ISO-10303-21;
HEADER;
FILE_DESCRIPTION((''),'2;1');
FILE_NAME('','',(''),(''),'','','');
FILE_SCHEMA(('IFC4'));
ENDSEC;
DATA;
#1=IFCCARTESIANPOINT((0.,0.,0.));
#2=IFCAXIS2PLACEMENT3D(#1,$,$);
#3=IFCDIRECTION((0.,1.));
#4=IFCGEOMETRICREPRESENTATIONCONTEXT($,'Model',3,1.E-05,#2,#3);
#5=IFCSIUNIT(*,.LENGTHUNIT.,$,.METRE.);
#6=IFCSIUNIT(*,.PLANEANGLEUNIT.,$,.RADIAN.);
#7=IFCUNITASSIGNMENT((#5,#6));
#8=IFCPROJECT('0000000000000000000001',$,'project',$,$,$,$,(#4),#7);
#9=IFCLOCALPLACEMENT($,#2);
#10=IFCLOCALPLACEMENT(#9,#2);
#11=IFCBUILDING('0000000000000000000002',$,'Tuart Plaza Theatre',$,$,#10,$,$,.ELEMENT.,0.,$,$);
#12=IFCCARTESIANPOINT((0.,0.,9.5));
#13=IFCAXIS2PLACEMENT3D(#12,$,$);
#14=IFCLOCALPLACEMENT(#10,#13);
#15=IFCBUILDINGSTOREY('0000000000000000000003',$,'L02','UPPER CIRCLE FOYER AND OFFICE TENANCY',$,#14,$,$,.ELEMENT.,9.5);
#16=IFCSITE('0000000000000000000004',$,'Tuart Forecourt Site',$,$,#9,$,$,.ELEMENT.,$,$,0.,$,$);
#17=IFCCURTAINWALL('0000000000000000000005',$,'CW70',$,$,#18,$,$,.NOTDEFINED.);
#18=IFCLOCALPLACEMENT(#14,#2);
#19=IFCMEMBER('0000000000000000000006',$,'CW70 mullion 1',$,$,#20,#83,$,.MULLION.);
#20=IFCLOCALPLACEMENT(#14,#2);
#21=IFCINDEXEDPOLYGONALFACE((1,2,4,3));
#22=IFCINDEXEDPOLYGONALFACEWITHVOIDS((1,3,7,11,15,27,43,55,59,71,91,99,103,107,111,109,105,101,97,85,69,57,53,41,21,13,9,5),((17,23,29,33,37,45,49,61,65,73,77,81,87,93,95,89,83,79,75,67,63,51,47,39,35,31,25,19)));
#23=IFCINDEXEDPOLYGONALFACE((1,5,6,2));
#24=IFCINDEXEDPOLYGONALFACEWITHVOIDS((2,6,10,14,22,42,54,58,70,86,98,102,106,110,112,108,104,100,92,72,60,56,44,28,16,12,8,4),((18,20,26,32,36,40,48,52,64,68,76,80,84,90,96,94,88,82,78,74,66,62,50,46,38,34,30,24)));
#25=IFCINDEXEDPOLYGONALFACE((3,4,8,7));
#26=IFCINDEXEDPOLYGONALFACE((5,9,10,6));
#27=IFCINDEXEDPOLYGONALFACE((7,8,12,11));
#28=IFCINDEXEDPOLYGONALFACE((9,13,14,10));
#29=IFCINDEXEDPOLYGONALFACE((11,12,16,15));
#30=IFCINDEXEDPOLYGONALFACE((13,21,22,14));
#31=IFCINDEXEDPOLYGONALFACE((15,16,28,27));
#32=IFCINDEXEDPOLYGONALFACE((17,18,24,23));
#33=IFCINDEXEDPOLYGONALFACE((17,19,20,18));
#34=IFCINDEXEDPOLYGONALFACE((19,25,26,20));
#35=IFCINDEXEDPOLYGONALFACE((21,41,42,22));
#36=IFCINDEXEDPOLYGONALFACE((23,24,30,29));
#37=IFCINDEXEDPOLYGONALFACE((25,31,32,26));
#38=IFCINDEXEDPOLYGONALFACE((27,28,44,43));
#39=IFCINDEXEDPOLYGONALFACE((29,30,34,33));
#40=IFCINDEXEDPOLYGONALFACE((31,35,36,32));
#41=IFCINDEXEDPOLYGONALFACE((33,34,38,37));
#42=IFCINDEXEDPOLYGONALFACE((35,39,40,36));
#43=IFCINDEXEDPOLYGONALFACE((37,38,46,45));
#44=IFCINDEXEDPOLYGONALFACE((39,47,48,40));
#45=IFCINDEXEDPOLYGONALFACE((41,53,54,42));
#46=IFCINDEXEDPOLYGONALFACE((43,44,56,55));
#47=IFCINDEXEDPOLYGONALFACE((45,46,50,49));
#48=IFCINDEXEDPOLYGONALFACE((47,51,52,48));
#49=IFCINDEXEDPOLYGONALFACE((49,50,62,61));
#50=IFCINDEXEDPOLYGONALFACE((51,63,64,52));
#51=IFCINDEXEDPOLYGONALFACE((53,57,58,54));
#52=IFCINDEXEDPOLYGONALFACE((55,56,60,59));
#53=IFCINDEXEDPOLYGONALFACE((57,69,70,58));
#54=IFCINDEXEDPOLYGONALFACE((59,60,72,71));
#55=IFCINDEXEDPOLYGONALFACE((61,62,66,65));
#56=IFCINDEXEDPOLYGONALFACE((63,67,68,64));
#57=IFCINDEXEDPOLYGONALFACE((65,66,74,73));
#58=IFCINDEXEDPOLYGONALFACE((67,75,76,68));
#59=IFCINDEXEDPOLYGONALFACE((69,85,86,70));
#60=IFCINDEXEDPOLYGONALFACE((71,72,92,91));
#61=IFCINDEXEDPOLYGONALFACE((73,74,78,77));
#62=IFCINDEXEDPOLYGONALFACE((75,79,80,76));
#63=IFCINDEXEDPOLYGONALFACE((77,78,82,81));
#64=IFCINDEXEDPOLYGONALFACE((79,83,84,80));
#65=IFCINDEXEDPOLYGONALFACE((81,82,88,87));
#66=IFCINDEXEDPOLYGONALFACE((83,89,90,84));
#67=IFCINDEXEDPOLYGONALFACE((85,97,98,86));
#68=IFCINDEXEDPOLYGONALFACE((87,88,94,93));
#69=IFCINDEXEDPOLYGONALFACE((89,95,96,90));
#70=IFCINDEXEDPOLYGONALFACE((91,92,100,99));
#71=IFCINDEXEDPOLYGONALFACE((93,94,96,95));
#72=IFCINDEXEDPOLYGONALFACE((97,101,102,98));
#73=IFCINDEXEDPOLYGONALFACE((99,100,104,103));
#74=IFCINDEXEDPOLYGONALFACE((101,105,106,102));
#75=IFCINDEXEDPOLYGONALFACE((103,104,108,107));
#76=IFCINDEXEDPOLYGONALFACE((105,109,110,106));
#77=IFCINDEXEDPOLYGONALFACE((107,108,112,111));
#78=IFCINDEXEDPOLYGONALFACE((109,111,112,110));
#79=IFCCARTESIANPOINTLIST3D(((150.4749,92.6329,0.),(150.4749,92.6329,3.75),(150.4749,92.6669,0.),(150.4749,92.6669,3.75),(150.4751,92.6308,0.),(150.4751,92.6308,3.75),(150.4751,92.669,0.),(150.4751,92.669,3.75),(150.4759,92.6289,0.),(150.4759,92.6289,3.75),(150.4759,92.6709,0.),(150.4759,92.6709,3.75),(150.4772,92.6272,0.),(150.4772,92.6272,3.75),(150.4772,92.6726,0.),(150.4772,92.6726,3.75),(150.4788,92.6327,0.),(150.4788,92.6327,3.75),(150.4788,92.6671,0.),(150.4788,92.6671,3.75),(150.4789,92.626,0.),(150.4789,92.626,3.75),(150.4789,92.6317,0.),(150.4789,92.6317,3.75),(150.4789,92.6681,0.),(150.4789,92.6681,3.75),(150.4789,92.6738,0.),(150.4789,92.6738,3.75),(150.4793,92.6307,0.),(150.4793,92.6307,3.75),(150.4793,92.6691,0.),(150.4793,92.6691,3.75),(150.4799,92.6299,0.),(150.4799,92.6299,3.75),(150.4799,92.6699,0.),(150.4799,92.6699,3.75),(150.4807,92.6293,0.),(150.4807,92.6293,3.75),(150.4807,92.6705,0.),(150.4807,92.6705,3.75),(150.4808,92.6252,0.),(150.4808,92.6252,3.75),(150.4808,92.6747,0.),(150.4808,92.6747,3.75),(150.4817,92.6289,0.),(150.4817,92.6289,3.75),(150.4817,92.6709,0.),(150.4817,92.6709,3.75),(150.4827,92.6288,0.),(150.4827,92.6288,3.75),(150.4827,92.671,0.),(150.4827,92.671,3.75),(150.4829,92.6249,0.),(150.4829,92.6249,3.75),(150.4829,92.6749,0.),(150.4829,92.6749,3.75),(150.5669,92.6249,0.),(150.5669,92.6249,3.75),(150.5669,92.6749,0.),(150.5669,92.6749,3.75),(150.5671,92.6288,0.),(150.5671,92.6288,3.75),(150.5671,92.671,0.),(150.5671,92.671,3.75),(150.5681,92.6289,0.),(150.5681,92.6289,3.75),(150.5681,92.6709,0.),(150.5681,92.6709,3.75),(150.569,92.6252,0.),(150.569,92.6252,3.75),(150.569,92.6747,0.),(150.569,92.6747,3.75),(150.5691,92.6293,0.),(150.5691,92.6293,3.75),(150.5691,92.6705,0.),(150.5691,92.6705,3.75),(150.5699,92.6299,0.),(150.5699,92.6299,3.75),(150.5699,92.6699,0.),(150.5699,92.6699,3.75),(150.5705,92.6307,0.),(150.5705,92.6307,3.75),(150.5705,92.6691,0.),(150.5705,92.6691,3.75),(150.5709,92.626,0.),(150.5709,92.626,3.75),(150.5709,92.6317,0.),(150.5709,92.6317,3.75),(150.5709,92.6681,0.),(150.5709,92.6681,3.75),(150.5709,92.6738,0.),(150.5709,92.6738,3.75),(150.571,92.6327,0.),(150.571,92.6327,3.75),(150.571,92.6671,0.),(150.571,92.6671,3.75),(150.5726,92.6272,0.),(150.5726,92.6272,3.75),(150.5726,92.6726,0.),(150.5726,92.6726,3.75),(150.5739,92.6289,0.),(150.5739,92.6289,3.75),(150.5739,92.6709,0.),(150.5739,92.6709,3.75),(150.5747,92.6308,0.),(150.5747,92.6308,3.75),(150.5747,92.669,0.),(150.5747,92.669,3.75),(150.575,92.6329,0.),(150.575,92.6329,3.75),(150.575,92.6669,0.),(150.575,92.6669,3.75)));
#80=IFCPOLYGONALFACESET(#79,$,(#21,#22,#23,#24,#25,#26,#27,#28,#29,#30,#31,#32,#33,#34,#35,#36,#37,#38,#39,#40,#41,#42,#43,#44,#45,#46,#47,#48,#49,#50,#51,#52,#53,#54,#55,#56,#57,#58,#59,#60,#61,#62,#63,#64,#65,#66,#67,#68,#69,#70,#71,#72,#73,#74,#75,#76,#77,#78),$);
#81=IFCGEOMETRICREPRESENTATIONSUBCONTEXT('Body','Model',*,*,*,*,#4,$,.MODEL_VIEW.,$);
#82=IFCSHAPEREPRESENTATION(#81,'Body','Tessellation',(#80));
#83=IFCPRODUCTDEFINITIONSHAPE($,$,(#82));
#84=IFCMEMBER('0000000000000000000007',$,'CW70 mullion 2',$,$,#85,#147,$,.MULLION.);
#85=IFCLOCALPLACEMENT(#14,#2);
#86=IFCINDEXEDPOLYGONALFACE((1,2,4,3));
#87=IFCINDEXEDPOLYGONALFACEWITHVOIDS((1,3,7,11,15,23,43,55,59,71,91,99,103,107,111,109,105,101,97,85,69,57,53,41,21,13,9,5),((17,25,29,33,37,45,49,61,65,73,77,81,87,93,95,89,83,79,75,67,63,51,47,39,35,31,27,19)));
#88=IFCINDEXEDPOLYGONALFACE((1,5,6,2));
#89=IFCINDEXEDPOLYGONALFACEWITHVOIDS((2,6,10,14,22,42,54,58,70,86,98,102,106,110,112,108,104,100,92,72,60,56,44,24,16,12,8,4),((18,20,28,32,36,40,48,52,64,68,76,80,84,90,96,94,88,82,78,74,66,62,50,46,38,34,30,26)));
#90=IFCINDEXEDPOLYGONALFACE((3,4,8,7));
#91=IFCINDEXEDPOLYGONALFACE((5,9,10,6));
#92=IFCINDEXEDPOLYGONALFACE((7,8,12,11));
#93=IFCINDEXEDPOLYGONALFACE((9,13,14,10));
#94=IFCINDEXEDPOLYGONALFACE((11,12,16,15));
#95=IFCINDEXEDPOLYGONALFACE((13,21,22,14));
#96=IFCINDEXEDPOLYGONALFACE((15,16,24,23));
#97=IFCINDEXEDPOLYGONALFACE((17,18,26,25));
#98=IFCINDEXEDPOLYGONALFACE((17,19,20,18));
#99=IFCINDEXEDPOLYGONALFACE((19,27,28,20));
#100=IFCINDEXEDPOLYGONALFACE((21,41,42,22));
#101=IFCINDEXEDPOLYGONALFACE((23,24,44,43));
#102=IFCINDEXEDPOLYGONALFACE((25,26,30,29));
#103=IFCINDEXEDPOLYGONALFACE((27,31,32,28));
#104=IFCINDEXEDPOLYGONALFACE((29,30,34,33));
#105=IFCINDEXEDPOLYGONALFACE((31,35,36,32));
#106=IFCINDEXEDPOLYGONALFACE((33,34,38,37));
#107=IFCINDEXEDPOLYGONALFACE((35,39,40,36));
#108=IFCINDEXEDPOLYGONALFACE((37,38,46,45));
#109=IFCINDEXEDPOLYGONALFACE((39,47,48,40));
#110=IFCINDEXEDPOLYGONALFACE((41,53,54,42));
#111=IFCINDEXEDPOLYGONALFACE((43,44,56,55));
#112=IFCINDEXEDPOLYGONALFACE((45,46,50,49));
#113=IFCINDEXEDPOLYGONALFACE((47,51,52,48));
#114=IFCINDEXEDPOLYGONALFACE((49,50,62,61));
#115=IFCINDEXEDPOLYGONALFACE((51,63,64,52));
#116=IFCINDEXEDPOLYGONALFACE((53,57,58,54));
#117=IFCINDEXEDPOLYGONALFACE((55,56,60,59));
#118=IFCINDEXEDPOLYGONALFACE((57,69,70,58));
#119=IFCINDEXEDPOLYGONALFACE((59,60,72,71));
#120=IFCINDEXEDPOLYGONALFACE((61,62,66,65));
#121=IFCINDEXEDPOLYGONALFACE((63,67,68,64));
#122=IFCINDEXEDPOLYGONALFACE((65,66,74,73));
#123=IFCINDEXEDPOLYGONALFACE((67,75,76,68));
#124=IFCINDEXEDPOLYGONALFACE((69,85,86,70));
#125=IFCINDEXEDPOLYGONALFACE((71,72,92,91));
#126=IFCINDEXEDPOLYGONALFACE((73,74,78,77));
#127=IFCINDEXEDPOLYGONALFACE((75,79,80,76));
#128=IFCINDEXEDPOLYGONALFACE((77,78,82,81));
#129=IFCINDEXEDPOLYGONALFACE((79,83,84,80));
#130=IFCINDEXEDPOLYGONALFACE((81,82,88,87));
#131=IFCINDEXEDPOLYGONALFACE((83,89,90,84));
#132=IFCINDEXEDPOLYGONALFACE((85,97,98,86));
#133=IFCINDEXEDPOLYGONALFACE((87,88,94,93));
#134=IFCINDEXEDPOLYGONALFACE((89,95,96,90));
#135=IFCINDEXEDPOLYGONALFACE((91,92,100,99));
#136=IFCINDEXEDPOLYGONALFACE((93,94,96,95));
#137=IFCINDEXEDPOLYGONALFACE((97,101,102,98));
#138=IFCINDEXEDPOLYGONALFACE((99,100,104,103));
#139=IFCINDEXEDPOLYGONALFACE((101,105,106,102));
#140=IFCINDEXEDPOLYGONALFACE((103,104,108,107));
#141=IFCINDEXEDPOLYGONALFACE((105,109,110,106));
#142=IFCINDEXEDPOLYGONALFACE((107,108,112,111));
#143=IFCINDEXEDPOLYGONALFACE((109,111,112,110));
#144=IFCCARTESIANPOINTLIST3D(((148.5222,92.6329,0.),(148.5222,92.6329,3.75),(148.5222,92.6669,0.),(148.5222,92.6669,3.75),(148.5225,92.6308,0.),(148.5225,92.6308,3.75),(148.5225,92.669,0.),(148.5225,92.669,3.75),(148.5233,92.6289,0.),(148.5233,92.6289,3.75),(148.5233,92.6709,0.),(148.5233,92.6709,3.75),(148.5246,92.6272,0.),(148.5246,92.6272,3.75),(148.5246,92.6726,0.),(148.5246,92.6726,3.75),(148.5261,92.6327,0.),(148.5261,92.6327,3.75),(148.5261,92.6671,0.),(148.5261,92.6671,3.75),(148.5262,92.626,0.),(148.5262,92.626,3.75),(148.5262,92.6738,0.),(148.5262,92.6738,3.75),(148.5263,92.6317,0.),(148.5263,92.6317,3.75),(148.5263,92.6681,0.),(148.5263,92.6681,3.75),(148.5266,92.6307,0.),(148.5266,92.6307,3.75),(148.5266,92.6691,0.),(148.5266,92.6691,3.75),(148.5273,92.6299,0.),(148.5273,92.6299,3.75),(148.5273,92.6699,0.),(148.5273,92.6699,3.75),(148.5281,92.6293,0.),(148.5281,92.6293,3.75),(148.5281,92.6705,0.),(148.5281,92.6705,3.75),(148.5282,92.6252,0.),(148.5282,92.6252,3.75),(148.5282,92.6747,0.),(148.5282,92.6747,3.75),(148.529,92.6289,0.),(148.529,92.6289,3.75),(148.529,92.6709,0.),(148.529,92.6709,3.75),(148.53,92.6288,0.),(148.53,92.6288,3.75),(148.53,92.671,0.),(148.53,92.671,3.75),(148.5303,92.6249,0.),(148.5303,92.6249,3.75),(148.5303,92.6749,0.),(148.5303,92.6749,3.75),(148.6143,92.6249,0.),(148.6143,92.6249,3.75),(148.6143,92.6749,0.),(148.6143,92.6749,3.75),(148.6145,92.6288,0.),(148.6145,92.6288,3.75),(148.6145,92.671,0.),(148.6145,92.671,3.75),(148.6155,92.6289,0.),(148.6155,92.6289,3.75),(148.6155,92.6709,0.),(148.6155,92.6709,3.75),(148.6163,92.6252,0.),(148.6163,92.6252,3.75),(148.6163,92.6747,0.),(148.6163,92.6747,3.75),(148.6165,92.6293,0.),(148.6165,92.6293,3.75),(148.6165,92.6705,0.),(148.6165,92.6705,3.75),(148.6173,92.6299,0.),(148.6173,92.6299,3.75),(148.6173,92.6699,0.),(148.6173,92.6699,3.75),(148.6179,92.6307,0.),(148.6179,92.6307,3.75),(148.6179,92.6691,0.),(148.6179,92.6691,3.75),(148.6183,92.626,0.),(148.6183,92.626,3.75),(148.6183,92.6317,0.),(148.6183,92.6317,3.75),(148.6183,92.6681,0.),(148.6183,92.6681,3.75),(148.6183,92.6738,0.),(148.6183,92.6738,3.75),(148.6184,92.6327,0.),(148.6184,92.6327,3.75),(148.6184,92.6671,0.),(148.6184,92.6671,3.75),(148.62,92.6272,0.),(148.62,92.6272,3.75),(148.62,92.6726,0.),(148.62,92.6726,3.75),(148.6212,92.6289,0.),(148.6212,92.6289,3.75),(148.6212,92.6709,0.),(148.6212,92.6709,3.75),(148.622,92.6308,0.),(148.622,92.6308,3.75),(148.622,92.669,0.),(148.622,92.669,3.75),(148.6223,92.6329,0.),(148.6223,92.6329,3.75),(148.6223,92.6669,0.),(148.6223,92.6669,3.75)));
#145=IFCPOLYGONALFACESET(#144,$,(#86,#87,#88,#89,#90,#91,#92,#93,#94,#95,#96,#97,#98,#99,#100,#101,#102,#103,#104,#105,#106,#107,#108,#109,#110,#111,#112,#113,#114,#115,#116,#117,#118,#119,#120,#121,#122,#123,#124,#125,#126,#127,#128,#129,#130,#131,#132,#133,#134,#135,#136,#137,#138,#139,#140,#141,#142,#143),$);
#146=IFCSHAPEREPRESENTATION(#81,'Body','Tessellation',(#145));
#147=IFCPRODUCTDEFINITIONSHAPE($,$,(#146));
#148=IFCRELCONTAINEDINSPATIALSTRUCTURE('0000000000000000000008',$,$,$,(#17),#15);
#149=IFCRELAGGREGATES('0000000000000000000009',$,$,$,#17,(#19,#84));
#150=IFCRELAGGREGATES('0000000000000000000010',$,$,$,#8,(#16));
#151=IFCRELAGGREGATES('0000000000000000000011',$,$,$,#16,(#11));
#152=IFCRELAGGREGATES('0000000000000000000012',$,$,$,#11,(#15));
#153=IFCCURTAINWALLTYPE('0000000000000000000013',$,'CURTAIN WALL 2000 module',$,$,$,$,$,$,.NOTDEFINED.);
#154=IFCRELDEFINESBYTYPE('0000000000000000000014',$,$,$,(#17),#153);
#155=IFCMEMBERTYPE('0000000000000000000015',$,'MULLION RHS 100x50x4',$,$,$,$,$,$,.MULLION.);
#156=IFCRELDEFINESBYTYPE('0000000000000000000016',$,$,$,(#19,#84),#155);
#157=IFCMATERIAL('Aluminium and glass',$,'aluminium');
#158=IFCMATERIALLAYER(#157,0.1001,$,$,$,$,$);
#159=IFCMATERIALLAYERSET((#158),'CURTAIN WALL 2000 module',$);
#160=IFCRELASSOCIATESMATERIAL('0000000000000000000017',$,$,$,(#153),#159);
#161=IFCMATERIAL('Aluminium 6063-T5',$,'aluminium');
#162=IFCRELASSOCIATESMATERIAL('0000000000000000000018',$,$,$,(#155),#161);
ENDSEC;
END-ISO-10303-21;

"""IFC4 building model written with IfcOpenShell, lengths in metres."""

from ifc_helpers import new_model, si_unit, direction, frame, origin, origin_2d, place, context, subcontext, project, spatial, hollow_rectangle, extrude, material, layer, layer_set, material_profile, profile_set, type_object, element, aggregate, save


model = new_model("IFC4")

# Units and contexts
model_context = context("Model", 3, precision=1e-05, world=origin(), true_north=direction((0.0, 1.0)))
body_context = subcontext(model_context, "Body", "Model", "MODEL_VIEW")
ifc_project = project(units=[si_unit("LENGTHUNIT", "METRE"), si_unit("PLANEANGLEUNIT", "RADIAN")], contexts=[model_context])

# Site, building, storey
site_placement = place(None, origin())
site = spatial("IfcSite", under=ifc_project, at=site_placement, Name="Tuart Forecourt Site", CompositionType="ELEMENT", RefElevation=0.0)
building_placement = place(site_placement, origin())
building = spatial("IfcBuilding", under=site, at=building_placement, Name="Tuart Plaza Theatre", CompositionType="ELEMENT", ElevationOfRefHeight=0.0)
storey_placement = place(building_placement, frame((0.0, 0.0, 9.5)))
storey = spatial("IfcBuildingStorey", under=building, at=storey_placement, Name="L02", Description="UPPER CIRCLE FOYER AND OFFICE TENANCY", CompositionType="ELEMENT", Elevation=9.5)

# Curtain wall, members
ifc_material_1 = material(Name="Aluminium and glass", Category="aluminium")
ifc_layer_1 = layer(ifc_material_1, 0.1001)
ifc_layer_set_1 = layer_set([ifc_layer_1], Name="CURTAIN WALL 2000 module")
curtain_wall_type = type_object("IfcCurtainWallType", Name="CURTAIN WALL 2000 module", PredefinedType="NOTDEFINED", material=ifc_layer_set_1)
ifc_material_2 = material(Name="Aluminium 6063-T5", Category="aluminium")
ifc_material_profile_1 = material_profile(ifc_material_2, hollow_rectangle(XDim=0.05, YDim=0.1001, WallThickness=0.0039, InnerFilletRadius=0.0039, OuterFilletRadius=0.0081, at=origin_2d()), Name="RHS 100x50x4")
ifc_profile_set_1 = profile_set([ifc_material_profile_1], Name="Aluminium 6063-T5")
member_type_1 = type_object("IfcMemberType", Name="MULLION RHS 100x50x4", PredefinedType="MULLION", material=ifc_profile_set_1)
curtain_wall_1_placement = place(storey_placement, origin())
curtain_wall_1 = element("IfcCurtainWall", 1, at=curtain_wall_1_placement, inside=storey, type_object=curtain_wall_type, Name="CW70", PredefinedType="NOTDEFINED")
member_1_placement = place(storey_placement, frame((150.5249, 92.6499, 0.0), z_axis=(0.0, 0.0, 1.0), x_axis=(0.0, -1.0, 0.0)))
member_1 = element("IfcMember", 2, at=member_1_placement, type_object=member_type_1, Name="CW70 mullion 1", PredefinedType="MULLION", context=body_context, shape_type="SweptSolid", body=[
    extrude(hollow_rectangle(XDim=0.05, YDim=0.1001, WallThickness=0.0039, InnerFilletRadius=0.0039, OuterFilletRadius=0.0081, at=origin_2d()), origin(), (0.0, 0.0, 1.0), 3.75),
])
member_2_placement = place(storey_placement, frame((148.5723, 92.6499, 0.0), z_axis=(0.0, 0.0, 1.0), x_axis=(0.0, -1.0, 0.0)))
member_2 = element("IfcMember", 3, at=member_2_placement, type_object=member_type_1, Name="CW70 mullion 2", PredefinedType="MULLION", context=body_context, shape_type="SweptSolid", body=[
    extrude(hollow_rectangle(XDim=0.05, YDim=0.1001, WallThickness=0.0039, InnerFilletRadius=0.0039, OuterFilletRadius=0.0081, at=origin_2d()), origin(), (0.0, 0.0, 1.0), 3.75),
])

aggregate(curtain_wall_1, [member_1, member_2])

save(model, "model.ifc")
